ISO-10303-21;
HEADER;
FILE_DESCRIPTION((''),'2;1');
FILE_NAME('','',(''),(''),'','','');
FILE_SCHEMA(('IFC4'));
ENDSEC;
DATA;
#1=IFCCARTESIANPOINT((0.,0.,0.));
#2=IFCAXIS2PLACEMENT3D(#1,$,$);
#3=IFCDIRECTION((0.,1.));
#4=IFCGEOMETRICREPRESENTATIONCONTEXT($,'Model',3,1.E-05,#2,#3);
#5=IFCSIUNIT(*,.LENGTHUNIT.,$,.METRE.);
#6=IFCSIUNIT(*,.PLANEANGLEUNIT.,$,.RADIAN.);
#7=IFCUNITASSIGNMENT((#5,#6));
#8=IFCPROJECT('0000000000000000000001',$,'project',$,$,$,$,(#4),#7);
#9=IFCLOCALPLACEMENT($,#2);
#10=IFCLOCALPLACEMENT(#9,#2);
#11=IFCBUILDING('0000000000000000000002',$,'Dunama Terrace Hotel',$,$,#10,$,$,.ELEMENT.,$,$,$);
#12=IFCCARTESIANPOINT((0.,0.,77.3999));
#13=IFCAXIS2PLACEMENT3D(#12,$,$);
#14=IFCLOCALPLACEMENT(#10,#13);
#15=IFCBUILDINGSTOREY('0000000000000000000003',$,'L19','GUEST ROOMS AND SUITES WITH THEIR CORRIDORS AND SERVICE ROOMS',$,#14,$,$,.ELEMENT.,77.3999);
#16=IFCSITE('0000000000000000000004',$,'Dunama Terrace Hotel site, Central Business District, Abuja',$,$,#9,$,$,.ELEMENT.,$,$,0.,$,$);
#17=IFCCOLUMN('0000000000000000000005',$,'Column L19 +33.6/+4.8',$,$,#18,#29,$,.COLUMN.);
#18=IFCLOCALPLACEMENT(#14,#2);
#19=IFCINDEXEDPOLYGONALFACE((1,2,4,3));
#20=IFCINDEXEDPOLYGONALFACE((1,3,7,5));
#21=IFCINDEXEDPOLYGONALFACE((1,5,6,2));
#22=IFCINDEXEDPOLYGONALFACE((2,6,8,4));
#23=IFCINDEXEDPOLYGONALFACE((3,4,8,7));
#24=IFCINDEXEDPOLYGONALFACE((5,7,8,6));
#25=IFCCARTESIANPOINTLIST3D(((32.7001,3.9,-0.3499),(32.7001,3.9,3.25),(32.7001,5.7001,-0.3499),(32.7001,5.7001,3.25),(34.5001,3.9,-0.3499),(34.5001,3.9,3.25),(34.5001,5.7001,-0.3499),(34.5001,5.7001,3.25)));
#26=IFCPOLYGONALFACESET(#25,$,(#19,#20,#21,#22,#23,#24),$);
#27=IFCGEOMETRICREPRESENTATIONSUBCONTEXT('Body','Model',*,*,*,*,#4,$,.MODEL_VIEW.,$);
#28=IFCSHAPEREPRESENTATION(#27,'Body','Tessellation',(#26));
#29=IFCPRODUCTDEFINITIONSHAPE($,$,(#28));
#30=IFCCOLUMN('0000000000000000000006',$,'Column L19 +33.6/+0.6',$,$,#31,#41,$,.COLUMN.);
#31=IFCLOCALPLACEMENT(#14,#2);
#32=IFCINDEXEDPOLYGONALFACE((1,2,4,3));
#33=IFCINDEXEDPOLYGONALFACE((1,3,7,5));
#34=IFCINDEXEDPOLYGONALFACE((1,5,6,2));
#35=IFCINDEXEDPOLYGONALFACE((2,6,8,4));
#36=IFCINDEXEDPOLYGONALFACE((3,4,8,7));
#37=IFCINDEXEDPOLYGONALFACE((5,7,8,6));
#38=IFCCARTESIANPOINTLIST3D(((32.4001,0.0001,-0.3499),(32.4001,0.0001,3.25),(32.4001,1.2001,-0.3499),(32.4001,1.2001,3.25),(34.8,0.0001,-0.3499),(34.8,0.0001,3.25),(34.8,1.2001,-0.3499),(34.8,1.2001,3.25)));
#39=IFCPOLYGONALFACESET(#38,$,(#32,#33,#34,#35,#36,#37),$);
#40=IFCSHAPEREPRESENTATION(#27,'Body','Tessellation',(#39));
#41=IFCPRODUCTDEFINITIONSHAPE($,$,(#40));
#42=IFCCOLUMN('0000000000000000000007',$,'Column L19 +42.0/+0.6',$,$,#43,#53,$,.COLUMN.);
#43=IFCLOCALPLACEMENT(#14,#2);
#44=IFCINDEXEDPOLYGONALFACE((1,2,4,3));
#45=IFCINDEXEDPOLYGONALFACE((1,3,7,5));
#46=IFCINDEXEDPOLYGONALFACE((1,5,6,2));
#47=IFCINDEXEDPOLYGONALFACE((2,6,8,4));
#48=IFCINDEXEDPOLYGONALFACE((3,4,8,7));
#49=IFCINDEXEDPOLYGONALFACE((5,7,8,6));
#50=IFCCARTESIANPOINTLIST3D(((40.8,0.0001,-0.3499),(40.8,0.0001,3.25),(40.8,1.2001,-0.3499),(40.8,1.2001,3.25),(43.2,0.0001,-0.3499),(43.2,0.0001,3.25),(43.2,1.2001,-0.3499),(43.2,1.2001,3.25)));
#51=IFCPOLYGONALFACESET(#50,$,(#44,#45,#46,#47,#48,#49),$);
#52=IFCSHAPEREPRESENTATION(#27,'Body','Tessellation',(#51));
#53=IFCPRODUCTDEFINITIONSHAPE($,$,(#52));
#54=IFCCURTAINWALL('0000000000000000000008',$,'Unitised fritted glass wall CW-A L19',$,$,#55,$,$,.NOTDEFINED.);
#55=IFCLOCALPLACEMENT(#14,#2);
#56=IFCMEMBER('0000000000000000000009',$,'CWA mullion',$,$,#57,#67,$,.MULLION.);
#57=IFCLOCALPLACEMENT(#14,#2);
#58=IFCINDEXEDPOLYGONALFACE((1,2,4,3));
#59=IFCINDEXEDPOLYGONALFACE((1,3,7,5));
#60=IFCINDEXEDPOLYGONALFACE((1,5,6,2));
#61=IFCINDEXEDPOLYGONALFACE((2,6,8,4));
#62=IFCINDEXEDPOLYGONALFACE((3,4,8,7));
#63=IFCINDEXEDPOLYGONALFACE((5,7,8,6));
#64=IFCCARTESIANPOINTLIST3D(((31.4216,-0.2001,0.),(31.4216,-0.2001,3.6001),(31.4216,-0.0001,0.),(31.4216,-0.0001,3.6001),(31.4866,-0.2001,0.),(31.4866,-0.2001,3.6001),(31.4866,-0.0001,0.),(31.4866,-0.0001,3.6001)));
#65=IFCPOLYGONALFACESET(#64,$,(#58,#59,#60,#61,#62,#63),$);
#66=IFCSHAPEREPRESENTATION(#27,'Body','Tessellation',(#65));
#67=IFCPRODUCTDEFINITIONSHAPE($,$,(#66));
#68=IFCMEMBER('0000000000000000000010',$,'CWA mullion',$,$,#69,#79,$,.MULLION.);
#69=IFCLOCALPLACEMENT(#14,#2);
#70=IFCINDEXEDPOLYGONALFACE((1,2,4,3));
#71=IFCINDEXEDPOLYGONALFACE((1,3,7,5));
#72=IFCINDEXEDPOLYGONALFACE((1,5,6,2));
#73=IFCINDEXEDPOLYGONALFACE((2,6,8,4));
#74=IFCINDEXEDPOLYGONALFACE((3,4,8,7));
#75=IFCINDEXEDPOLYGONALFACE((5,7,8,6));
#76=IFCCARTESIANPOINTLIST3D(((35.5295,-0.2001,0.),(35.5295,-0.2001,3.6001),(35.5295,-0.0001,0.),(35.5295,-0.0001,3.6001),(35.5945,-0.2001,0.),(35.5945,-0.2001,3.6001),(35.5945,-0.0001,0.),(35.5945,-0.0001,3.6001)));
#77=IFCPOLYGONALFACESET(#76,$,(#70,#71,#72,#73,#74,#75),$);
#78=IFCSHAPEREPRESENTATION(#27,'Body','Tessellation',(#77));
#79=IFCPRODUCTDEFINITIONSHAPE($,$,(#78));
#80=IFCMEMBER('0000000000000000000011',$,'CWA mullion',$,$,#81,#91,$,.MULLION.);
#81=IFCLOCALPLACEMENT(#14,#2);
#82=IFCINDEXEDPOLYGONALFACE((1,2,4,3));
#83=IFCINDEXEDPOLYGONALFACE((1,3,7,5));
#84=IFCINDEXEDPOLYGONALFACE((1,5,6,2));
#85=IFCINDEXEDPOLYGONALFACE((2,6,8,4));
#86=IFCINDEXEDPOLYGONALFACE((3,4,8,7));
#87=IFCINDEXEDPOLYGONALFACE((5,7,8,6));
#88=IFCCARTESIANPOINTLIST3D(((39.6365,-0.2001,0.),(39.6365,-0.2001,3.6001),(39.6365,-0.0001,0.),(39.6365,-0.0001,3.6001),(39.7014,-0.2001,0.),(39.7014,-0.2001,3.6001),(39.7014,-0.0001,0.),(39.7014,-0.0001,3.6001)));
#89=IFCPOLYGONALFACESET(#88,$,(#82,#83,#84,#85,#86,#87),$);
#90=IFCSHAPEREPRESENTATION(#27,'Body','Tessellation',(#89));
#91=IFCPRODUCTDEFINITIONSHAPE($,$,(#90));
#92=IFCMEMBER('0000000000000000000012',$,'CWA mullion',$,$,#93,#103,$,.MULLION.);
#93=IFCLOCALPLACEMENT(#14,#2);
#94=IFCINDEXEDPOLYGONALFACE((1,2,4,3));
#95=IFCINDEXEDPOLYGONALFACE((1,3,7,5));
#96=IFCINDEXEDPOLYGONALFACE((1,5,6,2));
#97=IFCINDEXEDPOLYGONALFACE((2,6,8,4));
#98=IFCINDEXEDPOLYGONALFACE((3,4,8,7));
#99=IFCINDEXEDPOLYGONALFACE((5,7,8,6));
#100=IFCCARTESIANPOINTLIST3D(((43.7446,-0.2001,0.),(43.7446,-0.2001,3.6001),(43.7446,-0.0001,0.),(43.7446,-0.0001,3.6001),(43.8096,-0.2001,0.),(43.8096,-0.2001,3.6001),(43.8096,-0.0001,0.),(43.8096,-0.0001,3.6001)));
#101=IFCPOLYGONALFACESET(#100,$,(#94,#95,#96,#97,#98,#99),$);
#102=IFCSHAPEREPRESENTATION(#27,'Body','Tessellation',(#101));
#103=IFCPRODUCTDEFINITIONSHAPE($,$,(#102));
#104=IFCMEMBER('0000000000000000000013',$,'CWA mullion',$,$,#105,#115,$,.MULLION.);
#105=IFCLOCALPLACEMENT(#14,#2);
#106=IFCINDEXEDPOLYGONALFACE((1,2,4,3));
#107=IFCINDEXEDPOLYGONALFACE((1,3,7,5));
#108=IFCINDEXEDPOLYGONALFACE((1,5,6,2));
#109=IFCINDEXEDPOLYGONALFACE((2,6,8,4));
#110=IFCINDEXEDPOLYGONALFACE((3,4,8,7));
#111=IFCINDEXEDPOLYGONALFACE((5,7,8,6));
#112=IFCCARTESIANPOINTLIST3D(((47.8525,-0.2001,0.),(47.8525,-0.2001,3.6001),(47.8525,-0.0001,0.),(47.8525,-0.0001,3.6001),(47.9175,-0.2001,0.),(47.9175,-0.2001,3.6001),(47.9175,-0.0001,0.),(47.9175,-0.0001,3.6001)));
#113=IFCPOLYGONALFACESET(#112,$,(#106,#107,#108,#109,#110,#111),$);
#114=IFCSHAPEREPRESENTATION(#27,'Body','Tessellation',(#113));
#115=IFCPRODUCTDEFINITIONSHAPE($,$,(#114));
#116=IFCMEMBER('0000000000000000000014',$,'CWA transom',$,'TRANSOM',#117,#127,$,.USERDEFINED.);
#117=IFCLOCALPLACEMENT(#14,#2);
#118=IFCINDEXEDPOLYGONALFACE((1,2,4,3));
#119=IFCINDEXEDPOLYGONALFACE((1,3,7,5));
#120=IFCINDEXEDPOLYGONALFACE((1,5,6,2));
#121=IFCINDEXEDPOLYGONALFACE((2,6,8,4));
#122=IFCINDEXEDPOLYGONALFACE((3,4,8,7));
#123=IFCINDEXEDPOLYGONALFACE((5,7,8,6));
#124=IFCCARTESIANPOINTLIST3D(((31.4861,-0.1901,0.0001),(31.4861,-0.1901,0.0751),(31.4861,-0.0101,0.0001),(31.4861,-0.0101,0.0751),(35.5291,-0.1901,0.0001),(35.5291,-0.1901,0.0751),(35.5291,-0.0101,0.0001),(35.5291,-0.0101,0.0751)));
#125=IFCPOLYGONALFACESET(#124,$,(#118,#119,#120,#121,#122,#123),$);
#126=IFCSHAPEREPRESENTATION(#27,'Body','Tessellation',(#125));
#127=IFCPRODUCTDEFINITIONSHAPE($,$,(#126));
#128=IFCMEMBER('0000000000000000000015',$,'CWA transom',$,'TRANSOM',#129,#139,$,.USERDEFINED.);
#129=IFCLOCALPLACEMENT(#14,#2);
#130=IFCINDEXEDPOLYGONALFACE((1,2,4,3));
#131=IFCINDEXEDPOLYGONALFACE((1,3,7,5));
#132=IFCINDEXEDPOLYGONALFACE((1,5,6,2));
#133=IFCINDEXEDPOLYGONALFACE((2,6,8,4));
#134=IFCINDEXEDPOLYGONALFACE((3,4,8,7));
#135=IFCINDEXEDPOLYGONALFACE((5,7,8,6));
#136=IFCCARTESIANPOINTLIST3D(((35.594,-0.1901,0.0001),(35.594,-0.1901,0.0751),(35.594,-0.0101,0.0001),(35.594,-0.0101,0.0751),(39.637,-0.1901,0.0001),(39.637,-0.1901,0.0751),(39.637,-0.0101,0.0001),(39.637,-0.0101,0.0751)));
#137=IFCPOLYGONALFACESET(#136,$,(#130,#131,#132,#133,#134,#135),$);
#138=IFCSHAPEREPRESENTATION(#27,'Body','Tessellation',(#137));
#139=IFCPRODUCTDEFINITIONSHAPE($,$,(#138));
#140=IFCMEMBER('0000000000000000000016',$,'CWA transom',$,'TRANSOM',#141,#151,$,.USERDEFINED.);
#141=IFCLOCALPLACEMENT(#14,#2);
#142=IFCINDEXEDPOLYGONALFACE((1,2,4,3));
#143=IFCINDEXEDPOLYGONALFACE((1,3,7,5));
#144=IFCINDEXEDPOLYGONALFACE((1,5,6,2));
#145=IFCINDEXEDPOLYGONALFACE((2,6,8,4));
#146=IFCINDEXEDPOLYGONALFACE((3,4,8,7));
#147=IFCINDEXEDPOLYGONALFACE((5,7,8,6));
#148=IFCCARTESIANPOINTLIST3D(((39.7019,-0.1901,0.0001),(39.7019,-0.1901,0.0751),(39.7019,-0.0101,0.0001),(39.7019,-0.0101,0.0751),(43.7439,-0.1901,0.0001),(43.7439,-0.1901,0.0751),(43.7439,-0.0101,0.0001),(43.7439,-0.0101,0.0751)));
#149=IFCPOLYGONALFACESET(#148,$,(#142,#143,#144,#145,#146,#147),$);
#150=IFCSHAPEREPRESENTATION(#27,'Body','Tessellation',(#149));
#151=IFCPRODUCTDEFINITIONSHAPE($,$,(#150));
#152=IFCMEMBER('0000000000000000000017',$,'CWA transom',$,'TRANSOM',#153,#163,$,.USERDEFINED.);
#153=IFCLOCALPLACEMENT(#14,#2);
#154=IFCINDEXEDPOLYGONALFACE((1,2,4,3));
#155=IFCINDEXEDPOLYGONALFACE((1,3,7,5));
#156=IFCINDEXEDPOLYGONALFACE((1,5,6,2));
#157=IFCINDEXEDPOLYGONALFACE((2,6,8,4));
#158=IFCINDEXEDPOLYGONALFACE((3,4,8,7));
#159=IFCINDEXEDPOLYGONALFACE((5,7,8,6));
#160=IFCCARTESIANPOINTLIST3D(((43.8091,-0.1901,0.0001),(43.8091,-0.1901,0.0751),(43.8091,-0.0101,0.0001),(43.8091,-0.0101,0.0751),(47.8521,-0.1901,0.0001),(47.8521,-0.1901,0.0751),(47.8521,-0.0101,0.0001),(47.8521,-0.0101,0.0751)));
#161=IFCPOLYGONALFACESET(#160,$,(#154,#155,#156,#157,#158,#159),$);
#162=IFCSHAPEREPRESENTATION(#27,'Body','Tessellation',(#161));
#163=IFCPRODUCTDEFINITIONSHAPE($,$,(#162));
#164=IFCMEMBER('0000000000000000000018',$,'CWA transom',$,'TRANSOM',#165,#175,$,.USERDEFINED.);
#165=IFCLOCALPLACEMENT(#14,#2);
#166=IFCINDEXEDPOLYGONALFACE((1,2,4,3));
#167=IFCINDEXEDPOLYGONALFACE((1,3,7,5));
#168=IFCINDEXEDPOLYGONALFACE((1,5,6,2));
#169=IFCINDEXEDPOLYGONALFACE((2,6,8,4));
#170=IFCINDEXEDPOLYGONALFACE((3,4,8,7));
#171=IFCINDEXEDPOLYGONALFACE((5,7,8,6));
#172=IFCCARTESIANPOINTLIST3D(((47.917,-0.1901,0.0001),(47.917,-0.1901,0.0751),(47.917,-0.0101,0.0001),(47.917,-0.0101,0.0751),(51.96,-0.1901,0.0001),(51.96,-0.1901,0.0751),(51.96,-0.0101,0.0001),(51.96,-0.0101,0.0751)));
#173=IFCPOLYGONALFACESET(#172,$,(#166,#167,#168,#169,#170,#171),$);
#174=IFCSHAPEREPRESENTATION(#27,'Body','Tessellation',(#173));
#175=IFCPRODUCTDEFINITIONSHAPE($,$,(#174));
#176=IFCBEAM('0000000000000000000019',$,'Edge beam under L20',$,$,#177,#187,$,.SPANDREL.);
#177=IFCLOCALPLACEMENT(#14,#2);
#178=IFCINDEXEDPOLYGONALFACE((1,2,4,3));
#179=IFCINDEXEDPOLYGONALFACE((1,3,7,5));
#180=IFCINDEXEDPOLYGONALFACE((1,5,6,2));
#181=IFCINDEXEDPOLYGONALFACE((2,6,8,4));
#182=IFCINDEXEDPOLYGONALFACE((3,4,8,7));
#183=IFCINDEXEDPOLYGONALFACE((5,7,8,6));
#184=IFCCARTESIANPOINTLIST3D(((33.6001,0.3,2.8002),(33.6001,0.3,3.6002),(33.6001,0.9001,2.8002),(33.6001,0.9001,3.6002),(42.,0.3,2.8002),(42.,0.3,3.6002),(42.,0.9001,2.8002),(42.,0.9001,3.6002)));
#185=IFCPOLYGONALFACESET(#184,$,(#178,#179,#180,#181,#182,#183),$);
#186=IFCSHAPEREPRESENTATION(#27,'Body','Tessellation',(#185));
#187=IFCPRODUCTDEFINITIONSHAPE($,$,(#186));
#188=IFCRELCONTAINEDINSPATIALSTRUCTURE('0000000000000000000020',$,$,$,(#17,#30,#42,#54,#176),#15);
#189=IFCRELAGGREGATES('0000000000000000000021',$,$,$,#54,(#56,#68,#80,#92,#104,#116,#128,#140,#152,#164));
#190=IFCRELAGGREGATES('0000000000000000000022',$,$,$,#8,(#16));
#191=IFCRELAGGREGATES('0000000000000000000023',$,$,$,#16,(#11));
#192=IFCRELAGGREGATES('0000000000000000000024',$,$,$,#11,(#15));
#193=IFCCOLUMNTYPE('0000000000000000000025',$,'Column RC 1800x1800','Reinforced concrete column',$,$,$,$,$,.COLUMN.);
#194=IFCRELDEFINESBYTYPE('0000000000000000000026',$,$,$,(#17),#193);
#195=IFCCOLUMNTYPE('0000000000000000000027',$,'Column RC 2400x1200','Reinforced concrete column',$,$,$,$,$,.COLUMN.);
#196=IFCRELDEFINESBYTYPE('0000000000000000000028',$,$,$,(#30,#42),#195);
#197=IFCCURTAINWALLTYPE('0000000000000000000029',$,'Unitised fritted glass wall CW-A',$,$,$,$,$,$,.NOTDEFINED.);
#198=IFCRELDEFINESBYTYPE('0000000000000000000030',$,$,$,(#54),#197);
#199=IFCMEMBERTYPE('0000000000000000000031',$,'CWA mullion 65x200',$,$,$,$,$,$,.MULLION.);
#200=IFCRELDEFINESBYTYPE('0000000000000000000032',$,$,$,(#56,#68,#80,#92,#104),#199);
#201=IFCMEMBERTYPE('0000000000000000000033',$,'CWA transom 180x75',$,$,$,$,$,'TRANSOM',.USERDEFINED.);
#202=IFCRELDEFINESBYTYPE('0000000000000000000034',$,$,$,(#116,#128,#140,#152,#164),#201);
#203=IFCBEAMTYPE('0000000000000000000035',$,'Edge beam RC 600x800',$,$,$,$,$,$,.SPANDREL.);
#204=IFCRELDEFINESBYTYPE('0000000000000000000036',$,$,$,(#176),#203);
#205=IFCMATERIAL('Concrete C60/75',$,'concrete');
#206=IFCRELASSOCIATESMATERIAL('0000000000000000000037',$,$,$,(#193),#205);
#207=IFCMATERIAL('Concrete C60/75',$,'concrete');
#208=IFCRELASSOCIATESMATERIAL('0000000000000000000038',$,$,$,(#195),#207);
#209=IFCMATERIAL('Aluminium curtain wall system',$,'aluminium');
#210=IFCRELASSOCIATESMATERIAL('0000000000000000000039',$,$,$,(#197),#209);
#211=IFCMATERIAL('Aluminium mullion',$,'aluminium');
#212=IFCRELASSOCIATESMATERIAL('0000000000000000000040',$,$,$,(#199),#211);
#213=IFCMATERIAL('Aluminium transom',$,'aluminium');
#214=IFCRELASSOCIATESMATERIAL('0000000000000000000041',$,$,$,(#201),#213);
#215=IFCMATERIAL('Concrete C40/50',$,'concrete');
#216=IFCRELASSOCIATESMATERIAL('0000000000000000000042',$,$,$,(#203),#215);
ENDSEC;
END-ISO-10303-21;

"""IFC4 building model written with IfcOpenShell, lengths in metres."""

from ifc_helpers import new_model, si_unit, direction, frame, origin, origin_2d, place, context, subcontext, project, spatial, rectangle, extrude, material, material_profile, profile_set, type_object, element, aggregate, save


model = new_model("IFC4")

# Units and contexts
model_context = context("Model", 3, precision=1e-05, world=origin(), true_north=direction((0.0, 1.0)))
body_context = subcontext(model_context, "Body", "Model", "MODEL_VIEW")
ifc_project = project(units=[si_unit("LENGTHUNIT", "METRE"), si_unit("PLANEANGLEUNIT", "RADIAN")], contexts=[model_context])

# Site, building, storey
site_placement = place(None, origin())
site = spatial("IfcSite", under=ifc_project, at=site_placement, Name="Dunama Terrace Hotel site, Central Business District, Abuja", CompositionType="ELEMENT", RefElevation=0.0)
building_placement = place(site_placement, origin())
building = spatial("IfcBuilding", under=site, at=building_placement, Name="Dunama Terrace Hotel", CompositionType="ELEMENT")
storey_placement = place(building_placement, frame((0.0, 0.0, 77.3999)))
storey = spatial("IfcBuildingStorey", under=building, at=storey_placement, Name="L19", Description="GUEST ROOMS AND SUITES WITH THEIR CORRIDORS AND SERVICE ROOMS", CompositionType="ELEMENT", Elevation=77.3999)

# Columns
ifc_material_1 = material(Name="Concrete C60/75", Category="concrete")
ifc_material_profile_1 = material_profile(ifc_material_1, rectangle(XDim=1.8, YDim=1.8, at=origin_2d()), Name="RC 1800x1800")
ifc_profile_set_1 = profile_set([ifc_material_profile_1], Name="Concrete C60/75")
column_type_1 = type_object("IfcColumnType", Name="Column RC 1800x1800", Description="Reinforced concrete column", PredefinedType="COLUMN", material=ifc_profile_set_1)
column_placement = place(storey_placement, frame((33.6001, 4.8, -0.3499), z_axis=(0.0, 0.0, 1.0), x_axis=(1.0, 0.0, 0.0)))
element("IfcColumn", 1, at=column_placement, inside=storey, type_object=column_type_1, Name="Column L19 +33.6/+4.8", PredefinedType="COLUMN", context=body_context, shape_type="SweptSolid", body=[
    extrude(rectangle(XDim=1.8, YDim=1.8, at=origin_2d()), origin(), (0.0, 0.0, 1.0), 3.5999),
])
ifc_material_2 = material(Name="Concrete C60/75", Category="concrete")
ifc_material_profile_2 = material_profile(ifc_material_2, rectangle(XDim=2.3999, YDim=1.2, at=origin_2d()), Name="RC 2400x1200")
ifc_profile_set_2 = profile_set([ifc_material_profile_2], Name="Concrete C60/75")
column_type_2 = type_object("IfcColumnType", Name="Column RC 2400x1200", Description="Reinforced concrete column", PredefinedType="COLUMN", material=ifc_profile_set_2)
for number, where, z_axis, x_axis, name in (
    (2, (33.6001, 0.6001, -0.3499), (0.0, 0.0, 1.0), (1.0, 0.0, 0.0), "Column L19 +33.6/+0.6"),
    (3, (42.0, 0.6001, -0.3499), (0.0, 0.0, 1.0), (1.0, 0.0, 0.0), "Column L19 +42.0/+0.6"),
):
    element("IfcColumn", number, at=place(storey_placement, frame(where, z_axis=z_axis, x_axis=x_axis)), inside=storey, type_object=column_type_2, Name=name, PredefinedType="COLUMN", context=body_context, shape_type="SweptSolid", body=[
        extrude(rectangle(XDim=2.3999, YDim=1.2, at=origin_2d()), origin(), (0.0, 0.0, 1.0), 3.5999),
    ])

# Curtain wall, members
ifc_material_3 = material(Name="Aluminium curtain wall system", Category="aluminium")
curtain_wall_type = type_object("IfcCurtainWallType", Name="Unitised fritted glass wall CW-A", PredefinedType="NOTDEFINED", material=ifc_material_3)
curtain_wall_placement = place(storey_placement, origin())
curtain_wall = element("IfcCurtainWall", 4, at=curtain_wall_placement, inside=storey, type_object=curtain_wall_type, Name="Unitised fritted glass wall CW-A L19", PredefinedType="NOTDEFINED")
ifc_material_4 = material(Name="Aluminium mullion", Category="aluminium")
ifc_material_profile_3 = material_profile(ifc_material_4, rectangle(XDim=0.0649, YDim=0.2, at=origin_2d()), Name="CWA MULLION 65X200")
ifc_profile_set_3 = profile_set([ifc_material_profile_3], Name="Aluminium mullion")
member_type_1 = type_object("IfcMemberType", Name="CWA mullion 65x200", PredefinedType="MULLION", material=ifc_profile_set_3)
member_1_placement = place(storey_placement, frame((31.4541, -0.1001, 0.0), z_axis=(0.0, 0.0, 1.0), x_axis=(1.0, 0.0, 0.0)))
member_1 = element("IfcMember", 5, at=member_1_placement, type_object=member_type_1, Name="CWA mullion", PredefinedType="MULLION", context=body_context, shape_type="SweptSolid", body=[
    extrude(rectangle(XDim=0.0649, YDim=0.2, at=origin_2d()), origin(), (0.0, 0.0, 1.0), 3.6001),
])
member_2_placement = place(storey_placement, frame((35.562, -0.1001, 0.0), z_axis=(0.0, 0.0, 1.0), x_axis=(1.0, 0.0, 0.0)))
member_2 = element("IfcMember", 6, at=member_2_placement, type_object=member_type_1, Name="CWA mullion", PredefinedType="MULLION", context=body_context, shape_type="SweptSolid", body=[
    extrude(rectangle(XDim=0.0649, YDim=0.2, at=origin_2d()), origin(), (0.0, 0.0, 1.0), 3.6001),
])
member_3_placement = place(storey_placement, frame((39.6689, -0.1001, 0.0), z_axis=(0.0, 0.0, 1.0), x_axis=(1.0, 0.0, 0.0)))
member_3 = element("IfcMember", 7, at=member_3_placement, type_object=member_type_1, Name="CWA mullion", PredefinedType="MULLION", context=body_context, shape_type="SweptSolid", body=[
    extrude(rectangle(XDim=0.0649, YDim=0.2, at=origin_2d()), origin(), (0.0, 0.0, 1.0), 3.6001),
])
member_4_placement = place(storey_placement, frame((43.7771, -0.1001, 0.0), z_axis=(0.0, 0.0, 1.0), x_axis=(1.0, 0.0, 0.0)))
member_4 = element("IfcMember", 8, at=member_4_placement, type_object=member_type_1, Name="CWA mullion", PredefinedType="MULLION", context=body_context, shape_type="SweptSolid", body=[
    extrude(rectangle(XDim=0.0649, YDim=0.2, at=origin_2d()), origin(), (0.0, 0.0, 1.0), 3.6001),
])
member_5_placement = place(storey_placement, frame((47.885, -0.1001, 0.0), z_axis=(0.0, 0.0, 1.0), x_axis=(1.0, 0.0, 0.0)))
member_5 = element("IfcMember", 9, at=member_5_placement, type_object=member_type_1, Name="CWA mullion", PredefinedType="MULLION", context=body_context, shape_type="SweptSolid", body=[
    extrude(rectangle(XDim=0.0649, YDim=0.2, at=origin_2d()), origin(), (0.0, 0.0, 1.0), 3.6001),
])
ifc_material_5 = material(Name="Aluminium transom", Category="aluminium")
ifc_material_profile_4 = material_profile(ifc_material_5, rectangle(XDim=0.1799, YDim=0.075, at=origin_2d()), Name="CWA TRANSOM 180X75")
ifc_profile_set_4 = profile_set([ifc_material_profile_4], Name="Aluminium transom")
member_type_2 = type_object("IfcMemberType", Name="CWA transom 180x75", ElementType="TRANSOM", PredefinedType="USERDEFINED", material=ifc_profile_set_4)
member_6_placement = place(storey_placement, frame((31.4861, -0.1001, 0.0376), z_axis=(1.0, 0.0, 0.0), x_axis=(0.0, 1.0, 0.0)))
member_6 = element("IfcMember", 10, at=member_6_placement, type_object=member_type_2, Name="CWA transom", ObjectType="TRANSOM", PredefinedType="USERDEFINED", context=body_context, shape_type="SweptSolid", body=[
    extrude(rectangle(XDim=0.1799, YDim=0.075, at=origin_2d()), origin(), (0.0, 0.0, 1.0), 4.043),
])
member_7_placement = place(storey_placement, frame((35.594, -0.1001, 0.0376), z_axis=(1.0, 0.0, 0.0), x_axis=(0.0, 1.0, 0.0)))
member_7 = element("IfcMember", 11, at=member_7_placement, type_object=member_type_2, Name="CWA transom", ObjectType="TRANSOM", PredefinedType="USERDEFINED", context=body_context, shape_type="SweptSolid", body=[
    extrude(rectangle(XDim=0.1799, YDim=0.075, at=origin_2d()), origin(), (0.0, 0.0, 1.0), 4.043),
])
member_8_placement = place(storey_placement, frame((39.7019, -0.1001, 0.0376), z_axis=(1.0, 0.0, 0.0), x_axis=(0.0, 1.0, 0.0)))
member_8 = element("IfcMember", 12, at=member_8_placement, type_object=member_type_2, Name="CWA transom", ObjectType="TRANSOM", PredefinedType="USERDEFINED", context=body_context, shape_type="SweptSolid", body=[
    extrude(rectangle(XDim=0.1799, YDim=0.075, at=origin_2d()), origin(), (0.0, 0.0, 1.0), 4.042),
])
member_9_placement = place(storey_placement, frame((43.8091, -0.1001, 0.0376), z_axis=(1.0, 0.0, 0.0), x_axis=(0.0, 1.0, 0.0)))
member_9 = element("IfcMember", 13, at=member_9_placement, type_object=member_type_2, Name="CWA transom", ObjectType="TRANSOM", PredefinedType="USERDEFINED", context=body_context, shape_type="SweptSolid", body=[
    extrude(rectangle(XDim=0.1799, YDim=0.075, at=origin_2d()), origin(), (0.0, 0.0, 1.0), 4.043),
])
member_10_placement = place(storey_placement, frame((47.917, -0.1001, 0.0376), z_axis=(1.0, 0.0, 0.0), x_axis=(0.0, 1.0, 0.0)))
member_10 = element("IfcMember", 14, at=member_10_placement, type_object=member_type_2, Name="CWA transom", ObjectType="TRANSOM", PredefinedType="USERDEFINED", context=body_context, shape_type="SweptSolid", body=[
    extrude(rectangle(XDim=0.1799, YDim=0.075, at=origin_2d()), origin(), (0.0, 0.0, 1.0), 4.043),
])

# Beam
ifc_material_6 = material(Name="Concrete C40/50", Category="concrete")
ifc_material_profile_5 = material_profile(ifc_material_6, rectangle(XDim=0.6001, YDim=0.8, at=origin_2d()), Name="RC 600x800")
ifc_profile_set_5 = profile_set([ifc_material_profile_5], Name="Concrete C40/50")
beam_type = type_object("IfcBeamType", Name="Edge beam RC 600x800", PredefinedType="SPANDREL", material=ifc_profile_set_5)
for number, where, z_axis, x_axis, name in (
    (15, (33.6001, 0.6001, 3.2002), (1.0, 0.0, 0.0), (0.0, 1.0, 0.0), "Edge beam under L20"),
):
    element("IfcBeam", number, at=place(storey_placement, frame(where, z_axis=z_axis, x_axis=x_axis)), inside=storey, type_object=beam_type, Name=name, PredefinedType="SPANDREL", context=body_context, shape_type="SweptSolid", body=[
        extrude(rectangle(XDim=0.6001, YDim=0.8, at=origin_2d()), origin(), (0.0, 0.0, 1.0), 8.3999),
    ])

aggregate(curtain_wall, [member_1, member_2, member_3, member_4, member_5, member_6, member_7, member_8, member_9, member_10])

save(model, "model.ifc")
